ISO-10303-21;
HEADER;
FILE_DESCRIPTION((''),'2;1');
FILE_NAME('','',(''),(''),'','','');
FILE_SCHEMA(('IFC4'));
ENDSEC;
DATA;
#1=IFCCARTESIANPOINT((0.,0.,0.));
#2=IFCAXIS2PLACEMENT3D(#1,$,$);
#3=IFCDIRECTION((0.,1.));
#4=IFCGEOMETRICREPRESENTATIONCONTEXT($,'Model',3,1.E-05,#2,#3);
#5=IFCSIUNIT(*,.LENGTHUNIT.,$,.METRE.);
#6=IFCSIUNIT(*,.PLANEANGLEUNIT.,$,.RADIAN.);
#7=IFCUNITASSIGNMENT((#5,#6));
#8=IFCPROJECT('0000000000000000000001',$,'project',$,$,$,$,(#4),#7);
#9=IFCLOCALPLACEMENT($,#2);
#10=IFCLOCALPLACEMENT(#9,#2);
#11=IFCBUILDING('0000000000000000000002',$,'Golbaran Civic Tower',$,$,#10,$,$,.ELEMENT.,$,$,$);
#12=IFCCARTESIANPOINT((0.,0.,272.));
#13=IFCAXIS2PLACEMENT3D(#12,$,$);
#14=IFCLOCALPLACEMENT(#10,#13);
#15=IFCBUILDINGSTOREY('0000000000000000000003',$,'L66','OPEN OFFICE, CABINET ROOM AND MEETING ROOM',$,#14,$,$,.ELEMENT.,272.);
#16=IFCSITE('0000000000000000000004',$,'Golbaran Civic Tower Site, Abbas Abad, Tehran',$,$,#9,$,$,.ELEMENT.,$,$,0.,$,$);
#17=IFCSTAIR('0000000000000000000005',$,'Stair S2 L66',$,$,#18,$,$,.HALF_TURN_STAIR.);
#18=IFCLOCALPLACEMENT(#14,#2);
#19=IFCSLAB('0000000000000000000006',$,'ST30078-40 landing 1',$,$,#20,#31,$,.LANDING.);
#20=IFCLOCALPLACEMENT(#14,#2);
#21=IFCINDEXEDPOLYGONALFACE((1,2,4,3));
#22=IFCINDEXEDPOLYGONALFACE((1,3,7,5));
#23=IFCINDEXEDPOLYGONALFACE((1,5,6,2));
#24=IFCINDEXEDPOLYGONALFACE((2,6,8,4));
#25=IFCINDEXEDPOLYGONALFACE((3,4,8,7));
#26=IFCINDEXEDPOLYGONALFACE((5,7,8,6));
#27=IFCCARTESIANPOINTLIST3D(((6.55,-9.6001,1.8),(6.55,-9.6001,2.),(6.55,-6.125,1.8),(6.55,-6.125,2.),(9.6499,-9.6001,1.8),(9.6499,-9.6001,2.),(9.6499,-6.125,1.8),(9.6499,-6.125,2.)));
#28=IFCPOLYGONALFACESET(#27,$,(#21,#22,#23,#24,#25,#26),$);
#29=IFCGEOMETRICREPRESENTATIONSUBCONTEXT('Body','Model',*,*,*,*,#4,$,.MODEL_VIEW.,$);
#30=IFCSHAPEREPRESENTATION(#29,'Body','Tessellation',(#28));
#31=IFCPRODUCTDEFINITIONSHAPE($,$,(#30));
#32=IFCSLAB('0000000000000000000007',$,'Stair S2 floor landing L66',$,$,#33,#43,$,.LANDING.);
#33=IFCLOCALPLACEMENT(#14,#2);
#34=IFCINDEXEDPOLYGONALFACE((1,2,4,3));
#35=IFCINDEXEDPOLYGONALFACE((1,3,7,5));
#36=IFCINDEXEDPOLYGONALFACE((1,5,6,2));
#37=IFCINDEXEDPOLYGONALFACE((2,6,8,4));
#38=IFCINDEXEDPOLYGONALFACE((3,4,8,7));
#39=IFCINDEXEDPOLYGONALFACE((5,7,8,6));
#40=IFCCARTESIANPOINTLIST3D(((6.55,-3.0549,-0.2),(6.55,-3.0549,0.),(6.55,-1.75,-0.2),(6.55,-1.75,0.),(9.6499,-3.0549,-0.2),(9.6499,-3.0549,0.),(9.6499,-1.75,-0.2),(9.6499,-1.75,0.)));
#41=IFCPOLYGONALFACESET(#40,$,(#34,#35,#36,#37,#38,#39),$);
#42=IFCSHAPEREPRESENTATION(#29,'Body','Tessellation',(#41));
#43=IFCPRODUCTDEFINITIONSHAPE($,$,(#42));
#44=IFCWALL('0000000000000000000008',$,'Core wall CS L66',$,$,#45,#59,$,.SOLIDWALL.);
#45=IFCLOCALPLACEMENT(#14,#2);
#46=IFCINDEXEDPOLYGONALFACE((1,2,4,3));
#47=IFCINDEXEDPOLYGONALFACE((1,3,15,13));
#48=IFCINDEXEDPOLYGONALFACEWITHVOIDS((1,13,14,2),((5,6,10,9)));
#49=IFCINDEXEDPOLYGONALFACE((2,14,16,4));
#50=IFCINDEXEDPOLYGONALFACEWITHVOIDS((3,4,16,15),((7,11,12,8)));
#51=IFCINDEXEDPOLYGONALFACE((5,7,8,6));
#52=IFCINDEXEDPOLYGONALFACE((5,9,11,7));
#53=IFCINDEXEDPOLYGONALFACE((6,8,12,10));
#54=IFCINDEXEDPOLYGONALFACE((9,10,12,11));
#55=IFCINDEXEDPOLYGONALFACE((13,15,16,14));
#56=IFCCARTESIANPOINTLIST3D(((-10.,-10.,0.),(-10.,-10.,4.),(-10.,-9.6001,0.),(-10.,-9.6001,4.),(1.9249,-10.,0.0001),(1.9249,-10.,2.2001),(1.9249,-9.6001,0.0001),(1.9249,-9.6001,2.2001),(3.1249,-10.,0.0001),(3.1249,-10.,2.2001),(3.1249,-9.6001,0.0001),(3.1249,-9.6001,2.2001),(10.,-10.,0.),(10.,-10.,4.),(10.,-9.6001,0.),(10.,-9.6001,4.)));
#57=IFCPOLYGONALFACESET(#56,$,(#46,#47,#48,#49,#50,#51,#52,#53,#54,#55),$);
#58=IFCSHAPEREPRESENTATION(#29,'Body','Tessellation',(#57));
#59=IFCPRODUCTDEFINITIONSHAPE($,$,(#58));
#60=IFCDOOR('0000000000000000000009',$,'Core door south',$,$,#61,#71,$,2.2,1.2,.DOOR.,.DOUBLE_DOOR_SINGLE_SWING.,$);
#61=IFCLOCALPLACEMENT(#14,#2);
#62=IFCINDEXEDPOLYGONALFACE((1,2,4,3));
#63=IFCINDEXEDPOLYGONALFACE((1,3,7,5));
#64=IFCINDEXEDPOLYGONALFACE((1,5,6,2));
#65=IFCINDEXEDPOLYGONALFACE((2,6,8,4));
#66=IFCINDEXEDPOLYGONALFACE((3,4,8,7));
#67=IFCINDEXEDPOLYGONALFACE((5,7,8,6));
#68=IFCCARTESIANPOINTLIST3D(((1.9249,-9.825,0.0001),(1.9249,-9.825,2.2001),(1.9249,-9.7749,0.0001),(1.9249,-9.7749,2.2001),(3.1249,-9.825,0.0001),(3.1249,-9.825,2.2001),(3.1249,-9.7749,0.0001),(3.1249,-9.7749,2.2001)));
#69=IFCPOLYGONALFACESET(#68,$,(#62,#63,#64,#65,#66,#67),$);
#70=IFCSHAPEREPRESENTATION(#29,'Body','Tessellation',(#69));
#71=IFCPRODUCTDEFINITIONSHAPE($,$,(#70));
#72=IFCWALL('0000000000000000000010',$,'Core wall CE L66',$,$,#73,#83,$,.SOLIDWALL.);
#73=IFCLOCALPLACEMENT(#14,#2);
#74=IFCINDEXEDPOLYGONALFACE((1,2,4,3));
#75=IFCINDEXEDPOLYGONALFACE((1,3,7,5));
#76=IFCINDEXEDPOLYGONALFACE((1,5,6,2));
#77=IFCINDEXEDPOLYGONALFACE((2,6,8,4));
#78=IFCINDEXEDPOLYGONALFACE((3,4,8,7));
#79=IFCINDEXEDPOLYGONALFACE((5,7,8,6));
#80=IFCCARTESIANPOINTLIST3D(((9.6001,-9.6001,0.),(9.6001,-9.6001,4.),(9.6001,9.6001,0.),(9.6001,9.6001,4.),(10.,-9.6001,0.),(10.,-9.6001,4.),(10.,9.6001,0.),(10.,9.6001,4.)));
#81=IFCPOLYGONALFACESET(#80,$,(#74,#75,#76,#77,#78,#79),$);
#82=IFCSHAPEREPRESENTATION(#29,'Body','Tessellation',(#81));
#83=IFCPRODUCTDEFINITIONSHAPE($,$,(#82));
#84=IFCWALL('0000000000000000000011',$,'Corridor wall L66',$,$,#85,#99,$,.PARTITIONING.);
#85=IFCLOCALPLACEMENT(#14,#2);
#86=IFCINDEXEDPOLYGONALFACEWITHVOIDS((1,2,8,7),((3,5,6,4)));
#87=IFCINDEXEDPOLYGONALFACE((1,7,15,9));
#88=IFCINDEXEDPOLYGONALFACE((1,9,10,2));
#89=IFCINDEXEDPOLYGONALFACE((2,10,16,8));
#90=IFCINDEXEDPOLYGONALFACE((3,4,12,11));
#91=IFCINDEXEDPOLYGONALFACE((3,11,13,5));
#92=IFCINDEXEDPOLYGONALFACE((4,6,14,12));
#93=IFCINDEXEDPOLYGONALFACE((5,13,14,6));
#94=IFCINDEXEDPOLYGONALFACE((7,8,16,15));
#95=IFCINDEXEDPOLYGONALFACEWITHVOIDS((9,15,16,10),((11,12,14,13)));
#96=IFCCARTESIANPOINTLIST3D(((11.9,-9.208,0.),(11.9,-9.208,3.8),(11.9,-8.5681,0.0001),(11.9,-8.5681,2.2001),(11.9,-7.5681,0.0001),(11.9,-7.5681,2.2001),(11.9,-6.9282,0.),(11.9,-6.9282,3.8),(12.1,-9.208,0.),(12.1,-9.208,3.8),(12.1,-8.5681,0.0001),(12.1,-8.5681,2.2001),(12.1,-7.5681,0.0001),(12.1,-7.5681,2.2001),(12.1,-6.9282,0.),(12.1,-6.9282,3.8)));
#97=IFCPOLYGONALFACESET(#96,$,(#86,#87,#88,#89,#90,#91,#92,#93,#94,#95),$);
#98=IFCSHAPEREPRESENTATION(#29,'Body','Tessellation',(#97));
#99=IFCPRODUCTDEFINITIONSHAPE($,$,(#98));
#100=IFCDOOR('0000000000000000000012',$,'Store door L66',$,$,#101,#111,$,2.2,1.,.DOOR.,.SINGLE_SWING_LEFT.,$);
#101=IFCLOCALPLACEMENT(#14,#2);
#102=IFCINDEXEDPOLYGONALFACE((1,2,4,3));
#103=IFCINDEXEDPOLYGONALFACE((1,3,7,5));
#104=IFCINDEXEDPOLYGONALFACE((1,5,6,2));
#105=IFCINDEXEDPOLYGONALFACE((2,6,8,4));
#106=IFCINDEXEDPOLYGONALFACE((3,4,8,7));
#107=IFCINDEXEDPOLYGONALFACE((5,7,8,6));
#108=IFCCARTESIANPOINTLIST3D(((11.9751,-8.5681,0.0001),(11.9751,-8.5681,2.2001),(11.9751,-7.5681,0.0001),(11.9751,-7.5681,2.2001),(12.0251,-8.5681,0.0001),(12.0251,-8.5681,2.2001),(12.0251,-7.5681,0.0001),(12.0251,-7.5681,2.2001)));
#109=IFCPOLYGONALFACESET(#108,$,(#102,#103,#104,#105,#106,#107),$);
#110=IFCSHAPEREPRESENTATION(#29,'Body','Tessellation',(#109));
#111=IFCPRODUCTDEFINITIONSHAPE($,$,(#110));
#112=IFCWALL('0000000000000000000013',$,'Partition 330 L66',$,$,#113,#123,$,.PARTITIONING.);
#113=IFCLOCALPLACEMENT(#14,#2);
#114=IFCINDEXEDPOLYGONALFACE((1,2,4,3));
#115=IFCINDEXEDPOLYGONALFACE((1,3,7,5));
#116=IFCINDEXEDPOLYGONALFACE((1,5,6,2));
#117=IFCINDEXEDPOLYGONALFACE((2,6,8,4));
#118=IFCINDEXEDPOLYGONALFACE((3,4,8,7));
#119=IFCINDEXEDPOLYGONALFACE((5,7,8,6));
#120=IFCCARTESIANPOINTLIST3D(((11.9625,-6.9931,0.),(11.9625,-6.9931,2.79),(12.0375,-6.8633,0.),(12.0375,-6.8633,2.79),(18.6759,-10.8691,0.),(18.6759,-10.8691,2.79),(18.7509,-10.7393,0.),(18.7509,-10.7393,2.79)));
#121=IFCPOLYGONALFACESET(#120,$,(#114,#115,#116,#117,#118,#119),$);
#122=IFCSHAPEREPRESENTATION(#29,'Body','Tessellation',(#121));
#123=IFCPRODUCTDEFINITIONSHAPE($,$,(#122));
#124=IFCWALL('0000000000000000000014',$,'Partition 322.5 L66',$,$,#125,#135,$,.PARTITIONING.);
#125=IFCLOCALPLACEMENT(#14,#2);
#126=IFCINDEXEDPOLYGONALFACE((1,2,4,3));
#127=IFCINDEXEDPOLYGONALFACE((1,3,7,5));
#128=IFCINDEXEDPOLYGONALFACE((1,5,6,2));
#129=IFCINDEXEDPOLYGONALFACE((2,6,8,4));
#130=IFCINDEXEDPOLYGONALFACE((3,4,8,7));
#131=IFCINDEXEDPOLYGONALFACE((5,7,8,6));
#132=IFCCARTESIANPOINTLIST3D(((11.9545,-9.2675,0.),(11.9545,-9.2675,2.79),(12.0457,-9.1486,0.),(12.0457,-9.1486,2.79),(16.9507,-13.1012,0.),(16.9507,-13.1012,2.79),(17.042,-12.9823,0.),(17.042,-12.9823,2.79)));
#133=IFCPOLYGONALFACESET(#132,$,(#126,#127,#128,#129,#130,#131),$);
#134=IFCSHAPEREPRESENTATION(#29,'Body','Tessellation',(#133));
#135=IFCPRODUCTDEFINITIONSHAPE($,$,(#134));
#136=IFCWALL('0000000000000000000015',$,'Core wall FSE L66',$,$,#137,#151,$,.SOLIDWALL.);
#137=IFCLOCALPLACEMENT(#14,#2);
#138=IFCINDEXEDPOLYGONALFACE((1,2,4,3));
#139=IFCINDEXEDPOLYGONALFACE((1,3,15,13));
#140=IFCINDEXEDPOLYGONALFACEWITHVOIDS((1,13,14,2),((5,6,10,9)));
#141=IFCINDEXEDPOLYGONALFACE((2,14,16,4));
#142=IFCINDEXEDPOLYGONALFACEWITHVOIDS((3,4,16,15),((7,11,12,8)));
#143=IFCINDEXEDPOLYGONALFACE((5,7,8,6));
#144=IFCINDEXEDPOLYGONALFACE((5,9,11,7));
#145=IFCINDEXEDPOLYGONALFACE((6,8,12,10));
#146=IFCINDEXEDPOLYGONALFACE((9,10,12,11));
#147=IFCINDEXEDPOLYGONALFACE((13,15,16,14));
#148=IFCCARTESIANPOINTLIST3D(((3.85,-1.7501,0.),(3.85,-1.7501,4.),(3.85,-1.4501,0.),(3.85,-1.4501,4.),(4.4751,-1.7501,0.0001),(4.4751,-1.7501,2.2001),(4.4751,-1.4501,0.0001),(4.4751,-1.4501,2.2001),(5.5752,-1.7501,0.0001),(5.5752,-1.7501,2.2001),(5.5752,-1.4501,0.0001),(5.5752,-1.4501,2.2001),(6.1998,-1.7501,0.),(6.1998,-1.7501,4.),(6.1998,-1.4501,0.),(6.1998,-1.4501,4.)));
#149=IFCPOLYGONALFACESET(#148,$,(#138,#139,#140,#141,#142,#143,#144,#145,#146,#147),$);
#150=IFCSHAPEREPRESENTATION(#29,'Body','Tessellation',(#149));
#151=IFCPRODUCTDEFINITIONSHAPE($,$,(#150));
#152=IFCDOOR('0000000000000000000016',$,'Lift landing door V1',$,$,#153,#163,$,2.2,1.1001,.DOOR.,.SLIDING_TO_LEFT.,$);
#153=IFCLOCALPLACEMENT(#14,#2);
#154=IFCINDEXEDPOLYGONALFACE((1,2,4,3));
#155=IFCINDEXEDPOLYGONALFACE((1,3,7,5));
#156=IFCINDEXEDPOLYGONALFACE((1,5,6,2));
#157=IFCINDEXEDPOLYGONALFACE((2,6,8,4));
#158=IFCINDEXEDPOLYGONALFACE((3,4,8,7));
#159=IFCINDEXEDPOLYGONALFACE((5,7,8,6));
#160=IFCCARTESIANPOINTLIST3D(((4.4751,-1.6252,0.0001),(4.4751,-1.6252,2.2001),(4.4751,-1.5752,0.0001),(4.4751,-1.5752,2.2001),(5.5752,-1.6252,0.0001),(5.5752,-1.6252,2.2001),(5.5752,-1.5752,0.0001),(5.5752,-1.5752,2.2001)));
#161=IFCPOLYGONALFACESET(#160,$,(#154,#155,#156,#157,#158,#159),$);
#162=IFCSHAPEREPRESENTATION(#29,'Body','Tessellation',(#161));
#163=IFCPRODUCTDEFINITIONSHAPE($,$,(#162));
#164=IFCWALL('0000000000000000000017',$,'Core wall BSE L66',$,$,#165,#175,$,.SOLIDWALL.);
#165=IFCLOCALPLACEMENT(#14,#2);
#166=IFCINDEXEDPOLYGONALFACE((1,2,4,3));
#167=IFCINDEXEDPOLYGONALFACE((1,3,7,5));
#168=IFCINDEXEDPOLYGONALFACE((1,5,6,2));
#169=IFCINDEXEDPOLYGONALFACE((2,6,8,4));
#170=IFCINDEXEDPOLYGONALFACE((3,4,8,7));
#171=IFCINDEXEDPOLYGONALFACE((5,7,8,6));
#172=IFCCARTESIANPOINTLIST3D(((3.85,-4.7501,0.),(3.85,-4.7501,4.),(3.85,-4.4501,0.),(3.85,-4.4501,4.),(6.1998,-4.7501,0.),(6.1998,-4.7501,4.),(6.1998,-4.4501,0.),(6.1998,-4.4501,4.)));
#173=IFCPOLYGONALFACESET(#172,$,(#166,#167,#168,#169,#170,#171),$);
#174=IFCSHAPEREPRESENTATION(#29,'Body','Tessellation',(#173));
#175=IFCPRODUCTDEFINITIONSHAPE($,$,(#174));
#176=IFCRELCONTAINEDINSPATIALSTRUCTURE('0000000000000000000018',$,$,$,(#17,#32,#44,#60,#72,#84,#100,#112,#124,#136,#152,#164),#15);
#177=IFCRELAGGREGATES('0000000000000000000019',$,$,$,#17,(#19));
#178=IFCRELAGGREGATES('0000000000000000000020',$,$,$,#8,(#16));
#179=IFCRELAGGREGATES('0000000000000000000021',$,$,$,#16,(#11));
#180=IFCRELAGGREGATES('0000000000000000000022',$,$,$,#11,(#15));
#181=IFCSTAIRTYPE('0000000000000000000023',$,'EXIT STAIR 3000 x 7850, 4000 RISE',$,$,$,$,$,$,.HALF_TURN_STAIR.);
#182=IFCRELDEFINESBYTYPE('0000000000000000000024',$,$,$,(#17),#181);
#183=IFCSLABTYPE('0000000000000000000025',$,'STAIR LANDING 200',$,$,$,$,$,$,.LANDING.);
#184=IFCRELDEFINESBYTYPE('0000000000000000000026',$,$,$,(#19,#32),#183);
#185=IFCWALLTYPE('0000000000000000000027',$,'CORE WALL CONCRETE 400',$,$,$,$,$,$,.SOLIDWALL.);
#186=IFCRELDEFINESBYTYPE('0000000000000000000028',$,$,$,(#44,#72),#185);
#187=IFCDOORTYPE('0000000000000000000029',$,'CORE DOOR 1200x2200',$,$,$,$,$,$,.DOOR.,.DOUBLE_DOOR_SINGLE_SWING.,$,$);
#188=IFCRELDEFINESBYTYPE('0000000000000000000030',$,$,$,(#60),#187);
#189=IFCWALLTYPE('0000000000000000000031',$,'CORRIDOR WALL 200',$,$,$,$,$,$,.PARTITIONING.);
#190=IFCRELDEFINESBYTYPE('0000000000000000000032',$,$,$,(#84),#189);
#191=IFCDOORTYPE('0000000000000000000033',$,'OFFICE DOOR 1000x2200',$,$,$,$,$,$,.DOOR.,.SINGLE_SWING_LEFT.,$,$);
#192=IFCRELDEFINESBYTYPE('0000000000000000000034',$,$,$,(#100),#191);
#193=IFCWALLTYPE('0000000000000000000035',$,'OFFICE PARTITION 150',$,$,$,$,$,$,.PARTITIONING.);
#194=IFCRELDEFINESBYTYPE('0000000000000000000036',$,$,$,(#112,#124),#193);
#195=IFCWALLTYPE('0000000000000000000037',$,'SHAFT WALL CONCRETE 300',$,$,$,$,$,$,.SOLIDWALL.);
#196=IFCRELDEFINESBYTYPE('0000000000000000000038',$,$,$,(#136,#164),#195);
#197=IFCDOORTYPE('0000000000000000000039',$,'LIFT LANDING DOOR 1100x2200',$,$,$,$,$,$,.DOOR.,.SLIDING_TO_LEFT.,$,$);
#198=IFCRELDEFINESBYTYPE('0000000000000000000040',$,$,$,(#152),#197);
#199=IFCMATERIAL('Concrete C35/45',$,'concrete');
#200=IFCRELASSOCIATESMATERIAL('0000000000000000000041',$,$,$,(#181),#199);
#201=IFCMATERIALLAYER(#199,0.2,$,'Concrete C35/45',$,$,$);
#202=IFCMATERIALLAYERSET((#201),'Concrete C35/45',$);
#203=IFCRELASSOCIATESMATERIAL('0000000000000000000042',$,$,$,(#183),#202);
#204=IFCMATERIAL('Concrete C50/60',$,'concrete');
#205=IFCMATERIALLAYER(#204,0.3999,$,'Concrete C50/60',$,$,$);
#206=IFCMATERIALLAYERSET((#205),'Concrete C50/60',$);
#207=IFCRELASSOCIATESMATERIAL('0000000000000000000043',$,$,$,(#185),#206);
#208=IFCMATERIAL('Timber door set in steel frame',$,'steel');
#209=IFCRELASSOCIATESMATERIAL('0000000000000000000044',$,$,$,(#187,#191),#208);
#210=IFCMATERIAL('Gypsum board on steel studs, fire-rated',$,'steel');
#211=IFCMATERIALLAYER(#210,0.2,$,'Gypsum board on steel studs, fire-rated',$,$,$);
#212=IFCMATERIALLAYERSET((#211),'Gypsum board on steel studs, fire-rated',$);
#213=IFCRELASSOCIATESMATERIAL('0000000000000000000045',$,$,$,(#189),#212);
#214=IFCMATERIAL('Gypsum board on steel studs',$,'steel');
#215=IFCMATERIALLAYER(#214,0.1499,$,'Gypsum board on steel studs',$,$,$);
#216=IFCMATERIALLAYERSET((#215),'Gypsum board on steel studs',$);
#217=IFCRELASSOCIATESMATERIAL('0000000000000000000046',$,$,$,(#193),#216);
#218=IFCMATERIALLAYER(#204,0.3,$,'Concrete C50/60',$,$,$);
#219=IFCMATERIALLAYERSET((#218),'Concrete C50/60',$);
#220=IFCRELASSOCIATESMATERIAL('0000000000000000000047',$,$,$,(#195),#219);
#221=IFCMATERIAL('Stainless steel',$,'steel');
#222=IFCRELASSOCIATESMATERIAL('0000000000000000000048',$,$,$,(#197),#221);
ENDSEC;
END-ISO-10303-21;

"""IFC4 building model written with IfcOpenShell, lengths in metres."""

from ifc_helpers import new_model, si_unit, direction, frame, frame_2d, origin, place, context, subcontext, project, spatial, polyline, rectangle, outline, extrude, material, layer, layer_set, type_object, element, fill, aggregate, save


model = new_model("IFC4")

# Units and contexts
model_context = context("Model", 3, precision=1e-05, world=origin(), true_north=direction((0.0, 1.0)))
body_context = subcontext(model_context, "Body", "Model", "MODEL_VIEW")
ifc_project = project(units=[si_unit("LENGTHUNIT", "METRE"), si_unit("PLANEANGLEUNIT", "RADIAN")], contexts=[model_context])

# Site, building, storey
site_placement = place(None, origin())
site = spatial("IfcSite", under=ifc_project, at=site_placement, Name="Golbaran Civic Tower Site, Abbas Abad, Tehran", CompositionType="ELEMENT", RefElevation=0.0)
building_placement = place(site_placement, origin())
building = spatial("IfcBuilding", under=site, at=building_placement, Name="Golbaran Civic Tower", CompositionType="ELEMENT")
storey_placement = place(building_placement, frame((0.0, 0.0, 272.0)))
storey = spatial("IfcBuildingStorey", under=building, at=storey_placement, Name="L66", Description="OPEN OFFICE, CABINET ROOM AND MEETING ROOM", CompositionType="ELEMENT", Elevation=272.0)

# Stair, slab
ifc_material_1 = material(Name="Concrete C35/45", Category="concrete")
stair_type = type_object("IfcStairType", Name="EXIT STAIR 3000 x 7850, 4000 RISE", PredefinedType="HALF_TURN_STAIR", material=ifc_material_1)
stair_placement = place(storey_placement, origin())
stair = element("IfcStair", 1, at=stair_placement, inside=storey, type_object=stair_type, Name="Stair S2 L66", PredefinedType="HALF_TURN_STAIR")
ifc_layer_1 = layer(ifc_material_1, 0.2, Name="Concrete C35/45")
ifc_layer_set_1 = layer_set([ifc_layer_1], Name="Concrete C35/45")
slab_type = type_object("IfcSlabType", Name="STAIR LANDING 200", PredefinedType="LANDING", material=ifc_layer_set_1)
slab_1_placement = place(storey_placement, frame((0.0, 0.0, 1.8)))
slab_1 = element("IfcSlab", 2, at=slab_1_placement, type_object=slab_type, Name="ST30078-40 landing 1", PredefinedType="LANDING", context=body_context, shape_type="SweptSolid", body=[
    extrude(outline(polyline([(9.6499, -6.125), (9.6499, -9.6001), (6.55, -9.6001), (6.55, -6.125), (9.6499, -6.125)])), origin(), (0.0, 0.0, 1.0), 0.2),
])

# Slab
slab_2_placement = place(storey_placement, frame((0.0, 0.0, -0.2)))
element("IfcSlab", 3, at=slab_2_placement, inside=storey, type_object=slab_type, Name="Stair S2 floor landing L66", PredefinedType="LANDING", context=body_context, shape_type="SweptSolid", body=[
    extrude(outline(polyline([(9.6499, -1.75), (9.6499, -3.0549), (6.55, -3.0549), (6.55, -1.75), (9.6499, -1.75)])), origin(), (0.0, 0.0, 1.0), 0.2),
])

# Wall, opening, door
ifc_material_2 = material(Name="Concrete C50/60", Category="concrete")
ifc_layer_2 = layer(ifc_material_2, 0.3999, Name="Concrete C50/60")
ifc_layer_set_2 = layer_set([ifc_layer_2], Name="Concrete C50/60")
wall_type_1 = type_object("IfcWallType", Name="CORE WALL CONCRETE 400", PredefinedType="SOLIDWALL", material=ifc_layer_set_2)
wall_1_placement = place(storey_placement, frame((10.0, -9.8, 0.0), z_axis=(0.0, 0.0, 1.0), x_axis=(-1.0, 0.0, 0.0)))
wall_1 = element("IfcWall", 4, at=wall_1_placement, inside=storey, type_object=wall_type_1, Name="Core wall CS L66", PredefinedType="SOLIDWALL", context=body_context, shape_type="SweptSolid", body=[
    extrude(rectangle(XDim=20.0, YDim=0.3999, at=frame_2d((10.0, 0.0))), origin(), (0.0, 0.0, 1.0), 4.0),
])
opening_1_placement = place(wall_1_placement, frame((6.875, 0.0, 0.0)))
opening_1 = element("IfcOpeningElement", 5, at=opening_1_placement, cuts=wall_1, PredefinedType="OPENING", context=body_context, shape_type="SweptSolid", body=[
    extrude(rectangle(XDim=1.2, YDim=2.2, at=frame_2d((0.6001, 1.1001))), frame((0.0, 0.21, 0.0), z_axis=(0.0, -1.0, 0.0), x_axis=(1.0, 0.0, 0.0)), (0.0, 0.0, 1.0), 0.4199),
])
ifc_material_3 = material(Name="Timber door set in steel frame", Category="steel")
door_type_1 = type_object("IfcDoorType", Name="CORE DOOR 1200x2200", OperationType="DOUBLE_DOOR_SINGLE_SWING", PredefinedType="DOOR", material=ifc_material_3)
door_1_placement = place(opening_1_placement, origin())
door_1 = element("IfcDoor", 6, at=door_1_placement, inside=storey, type_object=door_type_1, Name="Core door south", OperationType="DOUBLE_DOOR_SINGLE_SWING", OverallHeight=2.2, OverallWidth=1.2, PredefinedType="DOOR", context=body_context, shape_type="SweptSolid", body=[
    extrude(rectangle(XDim=1.2, YDim=2.2, at=frame_2d((0.6001, 1.1001))), frame((0.0, 0.0249, 0.0), z_axis=(0.0, -1.0, 0.0), x_axis=(1.0, 0.0, 0.0)), (0.0, 0.0, 1.0), 0.05),
])
fill(opening_1, door_1)

# Wall
wall_2_placement = place(storey_placement, frame((9.8, -9.6001, 0.0), z_axis=(0.0, 0.0, 1.0), x_axis=(0.0, 1.0, 0.0)))
element("IfcWall", 7, at=wall_2_placement, inside=storey, type_object=wall_type_1, Name="Core wall CE L66", PredefinedType="SOLIDWALL", context=body_context, shape_type="SweptSolid", body=[
    extrude(rectangle(XDim=19.2002, YDim=0.3999, at=frame_2d((9.6001, 0.0))), origin(), (0.0, 0.0, 1.0), 4.0),
])

# Wall, opening, door
ifc_material_4 = material(Name="Gypsum board on steel studs, fire-rated", Category="steel")
ifc_layer_3 = layer(ifc_material_4, 0.2, Name="Gypsum board on steel studs, fire-rated")
ifc_layer_set_3 = layer_set([ifc_layer_3], Name="Gypsum board on steel studs, fire-rated")
wall_type_2 = type_object("IfcWallType", Name="CORRIDOR WALL 200", PredefinedType="PARTITIONING", material=ifc_layer_set_3)
wall_3_placement = place(storey_placement, frame((12.0, -9.208, 0.0), z_axis=(0.0, 0.0, 1.0), x_axis=(0.0, 1.0, 0.0)))
wall_3 = element("IfcWall", 8, at=wall_3_placement, inside=storey, type_object=wall_type_2, Name="Corridor wall L66", PredefinedType="PARTITIONING", context=body_context, shape_type="SweptSolid", body=[
    extrude(rectangle(XDim=2.2798, YDim=0.2, at=frame_2d((1.1399, 0.0))), origin(), (0.0, 0.0, 1.0), 3.8),
])
opening_2_placement = place(wall_3_placement, frame((0.6399, 0.0, 0.0)))
opening_2 = element("IfcOpeningElement", 9, at=opening_2_placement, cuts=wall_3, PredefinedType="OPENING", context=body_context, shape_type="SweptSolid", body=[
    extrude(rectangle(XDim=1.0, YDim=2.2, at=frame_2d((0.5, 1.1001))), frame((0.0, 0.1099, 0.0), z_axis=(0.0, -1.0, 0.0), x_axis=(1.0, 0.0, 0.0)), (0.0, 0.0, 1.0), 0.22),
])
door_type_2 = type_object("IfcDoorType", Name="OFFICE DOOR 1000x2200", OperationType="SINGLE_SWING_LEFT", PredefinedType="DOOR", material=ifc_material_3)
door_2_placement = place(opening_2_placement, origin())
door_2 = element("IfcDoor", 10, at=door_2_placement, inside=storey, type_object=door_type_2, Name="Store door L66", OperationType="SINGLE_SWING_LEFT", OverallHeight=2.2, OverallWidth=1.0, PredefinedType="DOOR", context=body_context, shape_type="SweptSolid", body=[
    extrude(rectangle(XDim=1.0, YDim=2.2, at=frame_2d((0.5, 1.1001))), frame((0.0, 0.0249, 0.0), z_axis=(0.0, -1.0, 0.0), x_axis=(1.0, 0.0, 0.0)), (0.0, 0.0, 1.0), 0.05),
])
fill(opening_2, door_2)

# Walls
ifc_material_5 = material(Name="Gypsum board on steel studs", Category="steel")
ifc_layer_4 = layer(ifc_material_5, 0.1499, Name="Gypsum board on steel studs")
ifc_layer_set_4 = layer_set([ifc_layer_4], Name="Gypsum board on steel studs")
wall_type_3 = type_object("IfcWallType", Name="OFFICE PARTITION 150", PredefinedType="PARTITIONING", material=ifc_layer_set_4)
wall_4_placement = place(storey_placement, frame((12.0, -6.9282, 0.0), z_axis=(0.0, 0.0, 1.0), x_axis=(0.866025, -0.500001, 0.0)))
element("IfcWall", 11, at=wall_4_placement, inside=storey, type_object=wall_type_3, Name="Partition 330 L66", PredefinedType="PARTITIONING", context=body_context, shape_type="SweptSolid", body=[
    extrude(rectangle(XDim=7.752, YDim=0.1499, at=frame_2d((3.876, 0.0))), origin(), (0.0, 0.0, 1.0), 2.79),
])
wall_5_placement = place(storey_placement, frame((12.0, -9.208, 0.0), z_axis=(0.0, 0.0, 1.0), x_axis=(0.79336, -0.608753, 0.0)))
element("IfcWall", 12, at=wall_5_placement, inside=storey, type_object=wall_type_3, Name="Partition 322.5 L66", PredefinedType="PARTITIONING", context=body_context, shape_type="SweptSolid", body=[
    extrude(rectangle(XDim=6.2976, YDim=0.1499, at=frame_2d((3.1489, 0.0))), origin(), (0.0, 0.0, 1.0), 2.79),
])

# Wall, opening, door
ifc_layer_5 = layer(ifc_material_2, 0.3, Name="Concrete C50/60")
ifc_layer_set_5 = layer_set([ifc_layer_5], Name="Concrete C50/60")
wall_type_4 = type_object("IfcWallType", Name="SHAFT WALL CONCRETE 300", PredefinedType="SOLIDWALL", material=ifc_layer_set_5)
wall_6_placement = place(storey_placement, frame((3.8501, -1.6001, 0.0), z_axis=(0.0, 0.0, 1.0), x_axis=(1.0, 0.0, 0.0)))
wall_6 = element("IfcWall", 13, at=wall_6_placement, inside=storey, type_object=wall_type_4, Name="Core wall FSE L66", PredefinedType="SOLIDWALL", context=body_context, shape_type="SweptSolid", body=[
    extrude(rectangle(XDim=2.3499, YDim=0.3, at=frame_2d((1.1748, 0.0))), origin(), (0.0, 0.0, 1.0), 4.0),
])
opening_3_placement = place(wall_6_placement, frame((0.625, 0.0, 0.0)))
opening_3 = element("IfcOpeningElement", 14, at=opening_3_placement, cuts=wall_6, PredefinedType="OPENING", context=body_context, shape_type="SweptSolid", body=[
    extrude(rectangle(XDim=1.1001, YDim=2.2, at=frame_2d((0.55, 1.1001))), frame((0.0, 0.1599, 0.0), z_axis=(0.0, -1.0, 0.0), x_axis=(1.0, 0.0, 0.0)), (0.0, 0.0, 1.0), 0.3201),
])
ifc_material_6 = material(Name="Stainless steel", Category="steel")
door_type_3 = type_object("IfcDoorType", Name="LIFT LANDING DOOR 1100x2200", OperationType="SLIDING_TO_LEFT", PredefinedType="DOOR", material=ifc_material_6)
door_3_placement = place(opening_3_placement, origin())
door_3 = element("IfcDoor", 15, at=door_3_placement, inside=storey, type_object=door_type_3, Name="Lift landing door V1", OperationType="SLIDING_TO_LEFT", OverallHeight=2.2, OverallWidth=1.1001, PredefinedType="DOOR", context=body_context, shape_type="SweptSolid", body=[
    extrude(rectangle(XDim=1.1001, YDim=2.2, at=frame_2d((0.55, 1.1001))), frame((0.0, 0.0249, 0.0), z_axis=(0.0, -1.0, 0.0), x_axis=(1.0, 0.0, 0.0)), (0.0, 0.0, 1.0), 0.05),
])
fill(opening_3, door_3)

# Wall
wall_7_placement = place(storey_placement, frame((3.8501, -4.6001, 0.0), z_axis=(0.0, 0.0, 1.0), x_axis=(1.0, 0.0, 0.0)))
element("IfcWall", 16, at=wall_7_placement, inside=storey, type_object=wall_type_4, Name="Core wall BSE L66", PredefinedType="SOLIDWALL", context=body_context, shape_type="SweptSolid", body=[
    extrude(rectangle(XDim=2.3499, YDim=0.3, at=frame_2d((1.1748, 0.0))), origin(), (0.0, 0.0, 1.0), 4.0),
])

aggregate(stair, [slab_1])

save(model, "model.ifc")
